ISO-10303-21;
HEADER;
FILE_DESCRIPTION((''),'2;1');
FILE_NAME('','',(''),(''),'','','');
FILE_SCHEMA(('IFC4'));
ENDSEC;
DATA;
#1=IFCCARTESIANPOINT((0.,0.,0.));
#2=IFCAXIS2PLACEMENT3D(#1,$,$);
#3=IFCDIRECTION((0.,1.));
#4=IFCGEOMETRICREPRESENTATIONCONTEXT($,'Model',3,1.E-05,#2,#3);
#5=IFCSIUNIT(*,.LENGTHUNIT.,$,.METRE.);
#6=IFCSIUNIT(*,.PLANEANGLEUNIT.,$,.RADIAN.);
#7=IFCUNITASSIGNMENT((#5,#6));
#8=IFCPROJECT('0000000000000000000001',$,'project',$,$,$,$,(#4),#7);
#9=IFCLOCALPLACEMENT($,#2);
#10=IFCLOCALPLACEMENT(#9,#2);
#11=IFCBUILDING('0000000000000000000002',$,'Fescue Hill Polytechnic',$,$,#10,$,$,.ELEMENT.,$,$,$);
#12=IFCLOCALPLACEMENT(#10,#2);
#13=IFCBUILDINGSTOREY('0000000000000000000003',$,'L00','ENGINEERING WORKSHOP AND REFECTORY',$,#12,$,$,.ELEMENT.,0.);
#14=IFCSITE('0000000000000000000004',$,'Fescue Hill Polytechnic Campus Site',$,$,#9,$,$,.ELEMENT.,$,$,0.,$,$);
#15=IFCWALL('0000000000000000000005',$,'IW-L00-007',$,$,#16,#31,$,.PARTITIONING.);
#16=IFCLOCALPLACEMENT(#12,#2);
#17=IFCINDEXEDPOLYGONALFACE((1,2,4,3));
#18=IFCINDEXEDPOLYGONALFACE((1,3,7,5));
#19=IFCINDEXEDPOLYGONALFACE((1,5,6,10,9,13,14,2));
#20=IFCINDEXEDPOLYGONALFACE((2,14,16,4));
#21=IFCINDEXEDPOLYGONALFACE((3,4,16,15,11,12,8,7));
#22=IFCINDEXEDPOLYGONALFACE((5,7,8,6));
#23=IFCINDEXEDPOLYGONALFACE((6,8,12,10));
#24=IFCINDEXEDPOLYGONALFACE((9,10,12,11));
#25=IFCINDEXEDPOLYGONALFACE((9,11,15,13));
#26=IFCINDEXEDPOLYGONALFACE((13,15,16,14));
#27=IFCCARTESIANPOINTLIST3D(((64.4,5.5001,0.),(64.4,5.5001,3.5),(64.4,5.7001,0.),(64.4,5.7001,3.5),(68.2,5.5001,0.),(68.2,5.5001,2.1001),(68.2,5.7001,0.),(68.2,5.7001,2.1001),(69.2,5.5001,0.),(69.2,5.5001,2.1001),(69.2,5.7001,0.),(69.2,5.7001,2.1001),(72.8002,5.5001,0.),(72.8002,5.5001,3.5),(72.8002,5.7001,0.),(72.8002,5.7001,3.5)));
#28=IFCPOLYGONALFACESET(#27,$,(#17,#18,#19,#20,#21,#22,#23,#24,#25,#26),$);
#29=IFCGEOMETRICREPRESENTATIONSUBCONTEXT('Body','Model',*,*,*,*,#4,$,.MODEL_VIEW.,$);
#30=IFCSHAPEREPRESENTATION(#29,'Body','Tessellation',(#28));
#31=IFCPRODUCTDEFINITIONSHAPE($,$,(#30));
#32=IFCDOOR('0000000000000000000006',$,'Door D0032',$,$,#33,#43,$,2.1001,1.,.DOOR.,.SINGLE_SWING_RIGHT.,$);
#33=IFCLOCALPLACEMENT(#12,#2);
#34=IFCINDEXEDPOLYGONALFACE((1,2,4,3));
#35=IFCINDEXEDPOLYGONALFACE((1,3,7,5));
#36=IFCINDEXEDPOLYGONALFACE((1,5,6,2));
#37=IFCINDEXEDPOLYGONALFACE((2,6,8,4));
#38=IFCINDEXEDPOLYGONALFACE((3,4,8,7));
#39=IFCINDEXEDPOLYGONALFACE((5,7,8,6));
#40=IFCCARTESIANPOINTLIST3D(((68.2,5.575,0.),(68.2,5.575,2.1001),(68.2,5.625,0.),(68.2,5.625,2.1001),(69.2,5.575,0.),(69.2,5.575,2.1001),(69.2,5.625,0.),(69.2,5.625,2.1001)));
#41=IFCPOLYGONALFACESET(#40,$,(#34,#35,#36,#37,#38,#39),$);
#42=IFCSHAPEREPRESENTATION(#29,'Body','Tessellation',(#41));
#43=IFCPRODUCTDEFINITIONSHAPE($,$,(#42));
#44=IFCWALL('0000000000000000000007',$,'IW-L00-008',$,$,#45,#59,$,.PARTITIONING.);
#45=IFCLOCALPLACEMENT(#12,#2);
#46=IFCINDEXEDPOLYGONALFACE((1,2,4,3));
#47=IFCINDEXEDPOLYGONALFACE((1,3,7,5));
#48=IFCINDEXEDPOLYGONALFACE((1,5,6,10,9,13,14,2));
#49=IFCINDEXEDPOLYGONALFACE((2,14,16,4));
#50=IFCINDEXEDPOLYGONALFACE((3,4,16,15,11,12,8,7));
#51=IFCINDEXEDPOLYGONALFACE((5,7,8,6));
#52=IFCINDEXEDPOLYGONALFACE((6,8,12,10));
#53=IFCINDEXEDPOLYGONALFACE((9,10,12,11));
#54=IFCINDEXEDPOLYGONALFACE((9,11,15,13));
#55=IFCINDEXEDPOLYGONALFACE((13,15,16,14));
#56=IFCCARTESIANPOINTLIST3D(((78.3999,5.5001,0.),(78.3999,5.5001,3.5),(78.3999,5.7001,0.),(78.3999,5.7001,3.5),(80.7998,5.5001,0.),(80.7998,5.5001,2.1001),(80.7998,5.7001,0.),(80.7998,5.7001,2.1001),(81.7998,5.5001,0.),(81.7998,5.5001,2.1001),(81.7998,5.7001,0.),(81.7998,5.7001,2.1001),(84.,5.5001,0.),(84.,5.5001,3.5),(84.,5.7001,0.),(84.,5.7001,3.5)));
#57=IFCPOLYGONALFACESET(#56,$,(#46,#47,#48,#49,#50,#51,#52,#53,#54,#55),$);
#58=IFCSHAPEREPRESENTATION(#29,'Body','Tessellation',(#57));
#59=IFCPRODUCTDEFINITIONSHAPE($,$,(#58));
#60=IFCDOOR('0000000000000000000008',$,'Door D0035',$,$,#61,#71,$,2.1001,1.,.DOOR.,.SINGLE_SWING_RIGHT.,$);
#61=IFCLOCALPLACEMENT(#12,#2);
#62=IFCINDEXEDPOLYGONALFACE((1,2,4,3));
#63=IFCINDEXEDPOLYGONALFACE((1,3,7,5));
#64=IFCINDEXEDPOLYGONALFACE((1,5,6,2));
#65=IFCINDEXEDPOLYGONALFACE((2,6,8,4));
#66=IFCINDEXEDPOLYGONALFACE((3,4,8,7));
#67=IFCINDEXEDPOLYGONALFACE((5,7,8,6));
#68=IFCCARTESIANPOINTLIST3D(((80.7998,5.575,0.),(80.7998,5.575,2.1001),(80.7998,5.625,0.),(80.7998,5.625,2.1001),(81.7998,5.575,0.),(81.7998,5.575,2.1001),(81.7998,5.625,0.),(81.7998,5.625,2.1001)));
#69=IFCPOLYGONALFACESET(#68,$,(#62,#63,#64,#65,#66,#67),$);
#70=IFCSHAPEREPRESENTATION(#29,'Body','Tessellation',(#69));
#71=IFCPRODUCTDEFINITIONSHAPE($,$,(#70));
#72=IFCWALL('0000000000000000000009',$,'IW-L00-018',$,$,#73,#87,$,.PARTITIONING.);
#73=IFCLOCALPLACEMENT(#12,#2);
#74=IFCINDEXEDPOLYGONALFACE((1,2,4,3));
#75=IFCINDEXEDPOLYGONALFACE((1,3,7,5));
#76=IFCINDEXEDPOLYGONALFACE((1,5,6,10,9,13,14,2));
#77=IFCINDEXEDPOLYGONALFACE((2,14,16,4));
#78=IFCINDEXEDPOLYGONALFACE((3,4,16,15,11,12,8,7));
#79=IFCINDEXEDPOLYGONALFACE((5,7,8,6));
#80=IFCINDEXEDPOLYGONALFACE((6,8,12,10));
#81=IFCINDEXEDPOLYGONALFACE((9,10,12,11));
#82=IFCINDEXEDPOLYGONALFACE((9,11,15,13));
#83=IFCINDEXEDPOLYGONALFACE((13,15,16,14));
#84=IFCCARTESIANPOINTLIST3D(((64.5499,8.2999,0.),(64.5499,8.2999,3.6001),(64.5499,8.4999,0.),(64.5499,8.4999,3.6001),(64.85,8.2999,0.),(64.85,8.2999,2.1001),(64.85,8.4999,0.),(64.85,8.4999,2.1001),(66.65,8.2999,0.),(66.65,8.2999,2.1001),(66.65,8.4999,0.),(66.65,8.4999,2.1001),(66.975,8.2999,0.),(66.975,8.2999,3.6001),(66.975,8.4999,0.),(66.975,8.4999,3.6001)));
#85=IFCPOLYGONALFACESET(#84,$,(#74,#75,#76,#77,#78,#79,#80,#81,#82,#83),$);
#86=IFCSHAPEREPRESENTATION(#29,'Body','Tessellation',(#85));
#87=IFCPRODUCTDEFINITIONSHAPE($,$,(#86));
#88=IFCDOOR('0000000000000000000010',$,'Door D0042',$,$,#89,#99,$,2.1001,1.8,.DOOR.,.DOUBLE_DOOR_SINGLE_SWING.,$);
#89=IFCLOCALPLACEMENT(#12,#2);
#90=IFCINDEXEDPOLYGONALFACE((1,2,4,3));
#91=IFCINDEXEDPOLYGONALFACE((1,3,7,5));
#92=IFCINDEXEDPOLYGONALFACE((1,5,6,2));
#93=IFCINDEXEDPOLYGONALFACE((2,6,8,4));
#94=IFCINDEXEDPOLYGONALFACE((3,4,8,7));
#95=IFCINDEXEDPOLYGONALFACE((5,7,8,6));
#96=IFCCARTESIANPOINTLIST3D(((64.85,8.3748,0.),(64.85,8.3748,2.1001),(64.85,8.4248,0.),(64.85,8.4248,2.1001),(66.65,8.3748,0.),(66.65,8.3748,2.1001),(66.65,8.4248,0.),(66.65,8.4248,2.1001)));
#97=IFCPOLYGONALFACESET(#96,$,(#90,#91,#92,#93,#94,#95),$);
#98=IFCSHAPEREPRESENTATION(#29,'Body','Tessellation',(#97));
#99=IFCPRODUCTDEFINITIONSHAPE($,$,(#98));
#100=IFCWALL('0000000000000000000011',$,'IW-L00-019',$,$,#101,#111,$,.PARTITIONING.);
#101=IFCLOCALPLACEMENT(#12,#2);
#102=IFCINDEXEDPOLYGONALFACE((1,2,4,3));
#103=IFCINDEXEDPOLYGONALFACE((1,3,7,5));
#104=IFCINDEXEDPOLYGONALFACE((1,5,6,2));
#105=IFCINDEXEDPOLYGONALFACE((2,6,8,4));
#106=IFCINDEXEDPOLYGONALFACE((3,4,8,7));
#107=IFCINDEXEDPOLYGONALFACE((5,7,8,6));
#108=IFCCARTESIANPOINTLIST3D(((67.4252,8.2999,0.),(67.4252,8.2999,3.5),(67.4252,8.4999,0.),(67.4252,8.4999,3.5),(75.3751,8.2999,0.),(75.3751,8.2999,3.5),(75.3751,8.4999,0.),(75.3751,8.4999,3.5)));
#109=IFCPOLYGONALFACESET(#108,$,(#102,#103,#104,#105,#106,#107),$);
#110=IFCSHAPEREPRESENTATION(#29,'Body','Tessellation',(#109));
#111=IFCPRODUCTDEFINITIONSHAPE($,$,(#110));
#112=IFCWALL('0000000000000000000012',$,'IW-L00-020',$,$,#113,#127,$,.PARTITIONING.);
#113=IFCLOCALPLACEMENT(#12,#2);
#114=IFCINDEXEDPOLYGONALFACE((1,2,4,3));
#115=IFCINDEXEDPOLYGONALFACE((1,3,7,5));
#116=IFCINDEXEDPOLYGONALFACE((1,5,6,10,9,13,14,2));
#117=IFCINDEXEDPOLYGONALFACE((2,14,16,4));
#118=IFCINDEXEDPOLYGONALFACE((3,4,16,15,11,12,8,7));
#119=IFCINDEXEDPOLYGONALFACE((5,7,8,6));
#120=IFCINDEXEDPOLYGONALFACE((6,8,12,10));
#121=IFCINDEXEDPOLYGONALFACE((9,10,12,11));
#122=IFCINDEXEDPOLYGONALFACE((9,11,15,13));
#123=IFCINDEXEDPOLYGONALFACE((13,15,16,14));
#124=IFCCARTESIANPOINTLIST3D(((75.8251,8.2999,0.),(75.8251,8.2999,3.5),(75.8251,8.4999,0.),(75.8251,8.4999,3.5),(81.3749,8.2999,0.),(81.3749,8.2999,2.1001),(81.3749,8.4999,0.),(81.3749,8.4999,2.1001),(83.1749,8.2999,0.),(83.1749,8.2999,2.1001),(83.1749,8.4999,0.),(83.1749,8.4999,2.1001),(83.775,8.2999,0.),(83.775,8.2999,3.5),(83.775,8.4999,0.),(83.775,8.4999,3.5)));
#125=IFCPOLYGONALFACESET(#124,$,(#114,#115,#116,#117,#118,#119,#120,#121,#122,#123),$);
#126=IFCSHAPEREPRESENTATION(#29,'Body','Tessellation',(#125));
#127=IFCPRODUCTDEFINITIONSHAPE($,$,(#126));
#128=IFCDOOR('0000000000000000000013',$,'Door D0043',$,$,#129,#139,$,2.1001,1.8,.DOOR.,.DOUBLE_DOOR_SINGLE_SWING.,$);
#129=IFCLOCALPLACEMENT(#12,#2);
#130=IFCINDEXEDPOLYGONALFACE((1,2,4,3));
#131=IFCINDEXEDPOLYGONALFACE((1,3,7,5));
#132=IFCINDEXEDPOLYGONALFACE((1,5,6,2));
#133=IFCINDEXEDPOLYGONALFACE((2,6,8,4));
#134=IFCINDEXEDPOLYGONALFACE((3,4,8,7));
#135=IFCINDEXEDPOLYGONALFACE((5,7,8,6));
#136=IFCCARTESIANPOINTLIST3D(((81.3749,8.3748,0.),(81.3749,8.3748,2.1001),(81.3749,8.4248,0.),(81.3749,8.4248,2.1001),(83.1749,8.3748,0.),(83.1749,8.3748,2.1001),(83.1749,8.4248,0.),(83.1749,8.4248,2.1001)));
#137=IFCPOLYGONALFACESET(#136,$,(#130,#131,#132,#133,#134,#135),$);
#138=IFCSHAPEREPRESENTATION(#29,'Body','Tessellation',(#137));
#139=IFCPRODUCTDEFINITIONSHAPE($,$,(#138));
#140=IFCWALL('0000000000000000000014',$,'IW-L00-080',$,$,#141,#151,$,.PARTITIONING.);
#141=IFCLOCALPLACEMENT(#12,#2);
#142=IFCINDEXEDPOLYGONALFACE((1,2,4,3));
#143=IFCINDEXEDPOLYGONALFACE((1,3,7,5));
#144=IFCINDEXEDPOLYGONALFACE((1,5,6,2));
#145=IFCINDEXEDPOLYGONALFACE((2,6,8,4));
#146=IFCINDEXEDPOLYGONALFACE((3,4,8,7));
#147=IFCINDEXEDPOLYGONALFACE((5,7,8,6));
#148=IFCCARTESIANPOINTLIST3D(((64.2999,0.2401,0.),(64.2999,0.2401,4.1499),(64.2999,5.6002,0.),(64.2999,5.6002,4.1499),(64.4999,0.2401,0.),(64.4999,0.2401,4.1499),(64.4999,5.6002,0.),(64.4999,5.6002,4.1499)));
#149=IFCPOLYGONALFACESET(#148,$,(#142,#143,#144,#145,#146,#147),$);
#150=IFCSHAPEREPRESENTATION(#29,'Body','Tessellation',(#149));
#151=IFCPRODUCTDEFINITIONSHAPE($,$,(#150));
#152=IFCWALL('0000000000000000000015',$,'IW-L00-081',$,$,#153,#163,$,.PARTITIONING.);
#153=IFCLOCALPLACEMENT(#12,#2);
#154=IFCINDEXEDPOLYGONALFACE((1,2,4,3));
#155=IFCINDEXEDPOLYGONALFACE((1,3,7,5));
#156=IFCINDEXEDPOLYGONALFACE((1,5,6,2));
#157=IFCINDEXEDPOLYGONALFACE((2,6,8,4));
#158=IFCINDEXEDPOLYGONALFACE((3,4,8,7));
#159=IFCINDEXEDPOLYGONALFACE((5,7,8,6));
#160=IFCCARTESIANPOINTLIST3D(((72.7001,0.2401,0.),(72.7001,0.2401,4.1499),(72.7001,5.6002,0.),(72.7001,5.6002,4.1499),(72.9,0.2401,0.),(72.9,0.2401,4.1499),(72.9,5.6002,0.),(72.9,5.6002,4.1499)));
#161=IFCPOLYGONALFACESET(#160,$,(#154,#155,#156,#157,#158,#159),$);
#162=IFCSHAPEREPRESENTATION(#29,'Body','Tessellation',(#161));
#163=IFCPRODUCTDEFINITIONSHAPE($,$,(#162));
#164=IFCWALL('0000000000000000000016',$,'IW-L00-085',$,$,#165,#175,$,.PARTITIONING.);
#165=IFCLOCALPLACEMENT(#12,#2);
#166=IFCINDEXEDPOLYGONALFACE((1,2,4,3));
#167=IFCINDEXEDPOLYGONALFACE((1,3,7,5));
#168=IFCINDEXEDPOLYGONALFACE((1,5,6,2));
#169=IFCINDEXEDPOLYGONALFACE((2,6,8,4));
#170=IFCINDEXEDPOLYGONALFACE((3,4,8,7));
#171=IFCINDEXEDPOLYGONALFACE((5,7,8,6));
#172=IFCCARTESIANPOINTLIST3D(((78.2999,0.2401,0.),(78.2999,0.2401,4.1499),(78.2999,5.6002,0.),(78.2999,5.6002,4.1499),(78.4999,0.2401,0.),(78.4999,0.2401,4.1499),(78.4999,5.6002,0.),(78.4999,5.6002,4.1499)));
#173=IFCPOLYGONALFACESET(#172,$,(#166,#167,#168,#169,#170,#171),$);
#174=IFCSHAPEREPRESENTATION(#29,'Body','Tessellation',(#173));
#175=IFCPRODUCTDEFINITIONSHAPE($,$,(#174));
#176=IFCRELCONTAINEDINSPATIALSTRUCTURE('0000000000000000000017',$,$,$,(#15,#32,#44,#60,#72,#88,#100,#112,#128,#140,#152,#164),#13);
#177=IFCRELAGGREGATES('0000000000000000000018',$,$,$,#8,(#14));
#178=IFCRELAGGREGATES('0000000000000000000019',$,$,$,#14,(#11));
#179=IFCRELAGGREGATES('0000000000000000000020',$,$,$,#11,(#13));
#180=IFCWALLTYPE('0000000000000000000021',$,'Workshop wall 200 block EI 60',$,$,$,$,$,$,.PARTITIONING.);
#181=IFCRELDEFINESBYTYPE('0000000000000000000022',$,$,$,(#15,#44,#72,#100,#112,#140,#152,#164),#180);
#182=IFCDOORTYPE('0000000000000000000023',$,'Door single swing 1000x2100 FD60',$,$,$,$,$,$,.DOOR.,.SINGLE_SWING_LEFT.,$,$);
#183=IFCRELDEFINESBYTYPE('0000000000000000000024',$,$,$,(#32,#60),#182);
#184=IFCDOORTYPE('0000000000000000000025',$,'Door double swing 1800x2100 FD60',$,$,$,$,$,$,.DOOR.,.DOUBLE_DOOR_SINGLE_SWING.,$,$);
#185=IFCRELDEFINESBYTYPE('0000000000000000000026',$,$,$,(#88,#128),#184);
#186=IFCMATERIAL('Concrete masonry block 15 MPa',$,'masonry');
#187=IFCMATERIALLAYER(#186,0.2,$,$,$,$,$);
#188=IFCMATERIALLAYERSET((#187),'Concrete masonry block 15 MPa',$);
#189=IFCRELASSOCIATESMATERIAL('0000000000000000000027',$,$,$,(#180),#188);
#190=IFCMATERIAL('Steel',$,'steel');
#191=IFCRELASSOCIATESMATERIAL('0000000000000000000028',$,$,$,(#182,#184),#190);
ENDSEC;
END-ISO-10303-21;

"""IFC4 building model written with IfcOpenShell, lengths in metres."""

from ifc_helpers import new_model, si_unit, direction, frame, frame_2d, origin, place, context, subcontext, project, spatial, rectangle, extrude, material, layer, layer_set, type_object, element, fill, save


model = new_model("IFC4")

# Units and contexts
model_context = context("Model", 3, precision=1e-05, world=origin(), true_north=direction((0.0, 1.0)))
body_context = subcontext(model_context, "Body", "Model", "MODEL_VIEW")
ifc_project = project(units=[si_unit("LENGTHUNIT", "METRE"), si_unit("PLANEANGLEUNIT", "RADIAN")], contexts=[model_context])

# Site, building, storey
site_placement = place(None, origin())
site = spatial("IfcSite", under=ifc_project, at=site_placement, Name="Fescue Hill Polytechnic Campus Site", CompositionType="ELEMENT", RefElevation=0.0)
building_placement = place(site_placement, origin())
building = spatial("IfcBuilding", under=site, at=building_placement, Name="Fescue Hill Polytechnic", CompositionType="ELEMENT")
storey_placement = place(building_placement, origin())
storey = spatial("IfcBuildingStorey", under=building, at=storey_placement, Name="L00", Description="ENGINEERING WORKSHOP AND REFECTORY", CompositionType="ELEMENT", Elevation=0.0)

# Walls, openings, doors
ifc_material_1 = material(Name="Concrete masonry block 15 MPa", Category="masonry")
ifc_layer_1 = layer(ifc_material_1, 0.2)
ifc_layer_set_1 = layer_set([ifc_layer_1], Name="Concrete masonry block 15 MPa")
wall_type_1 = type_object("IfcWallType", Name="Workshop wall 200 block EI 60", PredefinedType="PARTITIONING", material=ifc_layer_set_1)
wall_1_placement = place(storey_placement, frame((64.3999, 5.6001, 0.0), z_axis=(0.0, 0.0, 1.0), x_axis=(1.0, 0.0, 0.0)))
wall_1 = element("IfcWall", 1, at=wall_1_placement, inside=storey, type_object=wall_type_1, Name="IW-L00-007", PredefinedType="PARTITIONING", context=body_context, shape_type="SweptSolid", body=[
    extrude(rectangle(XDim=8.4001, YDim=0.2, at=frame_2d((4.2002, 0.0))), origin(), (0.0, 0.0, 1.0), 3.5),
])
opening_1_placement = place(wall_1_placement, frame((3.8, 0.0, 0.0)))
opening_1 = element("IfcOpeningElement", 2, at=opening_1_placement, cuts=wall_1, PredefinedType="OPENING", context=body_context, shape_type="SweptSolid", body=[
    extrude(rectangle(XDim=1.0, YDim=2.1001, at=frame_2d((0.5, 1.05))), frame((0.0, 0.1099, 0.0), z_axis=(0.0, -1.0, 0.0), x_axis=(1.0, 0.0, 0.0)), (0.0, 0.0, 1.0), 0.22),
])
ifc_material_2 = material(Name="Steel", Category="steel")
door_type_1 = type_object("IfcDoorType", Name="Door single swing 1000x2100 FD60", OperationType="SINGLE_SWING_LEFT", PredefinedType="DOOR", material=ifc_material_2)
door_1_placement = place(opening_1_placement, origin())
door_1 = element("IfcDoor", 3, at=door_1_placement, inside=storey, type_object=door_type_1, Name="Door D0032", OperationType="SINGLE_SWING_RIGHT", OverallHeight=2.1001, OverallWidth=1.0, PredefinedType="DOOR", context=body_context, shape_type="SweptSolid", body=[
    extrude(rectangle(XDim=1.0, YDim=2.1001, at=frame_2d((0.5, 1.05))), frame((0.0, 0.0249, 0.0), z_axis=(0.0, -1.0, 0.0), x_axis=(1.0, 0.0, 0.0)), (0.0, 0.0, 1.0), 0.05),
])
fill(opening_1, door_1)
wall_2_placement = place(storey_placement, frame((78.3999, 5.6001, 0.0), z_axis=(0.0, 0.0, 1.0), x_axis=(1.0, 0.0, 0.0)))
wall_2 = element("IfcWall", 4, at=wall_2_placement, inside=storey, type_object=wall_type_1, Name="IW-L00-008", PredefinedType="PARTITIONING", context=body_context, shape_type="SweptSolid", body=[
    extrude(rectangle(XDim=5.6001, YDim=0.2, at=frame_2d((2.8, 0.0))), origin(), (0.0, 0.0, 1.0), 3.5),
])
opening_2_placement = place(wall_2_placement, frame((2.3999, 0.0, 0.0)))
opening_2 = element("IfcOpeningElement", 5, at=opening_2_placement, cuts=wall_2, PredefinedType="OPENING", context=body_context, shape_type="SweptSolid", body=[
    extrude(rectangle(XDim=1.0, YDim=2.1001, at=frame_2d((0.5, 1.05))), frame((0.0, 0.1099, 0.0), z_axis=(0.0, -1.0, 0.0), x_axis=(1.0, 0.0, 0.0)), (0.0, 0.0, 1.0), 0.22),
])
door_2_placement = place(opening_2_placement, origin())
door_2 = element("IfcDoor", 6, at=door_2_placement, inside=storey, type_object=door_type_1, Name="Door D0035", OperationType="SINGLE_SWING_RIGHT", OverallHeight=2.1001, OverallWidth=1.0, PredefinedType="DOOR", context=body_context, shape_type="SweptSolid", body=[
    extrude(rectangle(XDim=1.0, YDim=2.1001, at=frame_2d((0.5, 1.05))), frame((0.0, 0.0249, 0.0), z_axis=(0.0, -1.0, 0.0), x_axis=(1.0, 0.0, 0.0)), (0.0, 0.0, 1.0), 0.05),
])
fill(opening_2, door_2)
wall_3_placement = place(storey_placement, frame((64.55, 8.3999, 0.0), z_axis=(0.0, 0.0, 1.0), x_axis=(1.0, 0.0, 0.0)))
wall_3 = element("IfcWall", 7, at=wall_3_placement, inside=storey, type_object=wall_type_1, Name="IW-L00-018", PredefinedType="PARTITIONING", context=body_context, shape_type="SweptSolid", body=[
    extrude(rectangle(XDim=2.425, YDim=0.2, at=frame_2d((1.2124, 0.0))), origin(), (0.0, 0.0, 1.0), 3.6001),
])
opening_3_placement = place(wall_3_placement, frame((0.3, 0.0, 0.0)))
opening_3 = element("IfcOpeningElement", 8, at=opening_3_placement, cuts=wall_3, PredefinedType="OPENING", context=body_context, shape_type="SweptSolid", body=[
    extrude(rectangle(XDim=1.8, YDim=2.1001, at=frame_2d((0.8999, 1.05))), frame((0.0, 0.1099, 0.0), z_axis=(0.0, -1.0, 0.0), x_axis=(1.0, 0.0, 0.0)), (0.0, 0.0, 1.0), 0.22),
])
door_type_2 = type_object("IfcDoorType", Name="Door double swing 1800x2100 FD60", OperationType="DOUBLE_DOOR_SINGLE_SWING", PredefinedType="DOOR", material=ifc_material_2)
door_3_placement = place(opening_3_placement, origin())
door_3 = element("IfcDoor", 9, at=door_3_placement, inside=storey, type_object=door_type_2, Name="Door D0042", OperationType="DOUBLE_DOOR_SINGLE_SWING", OverallHeight=2.1001, OverallWidth=1.8, PredefinedType="DOOR", context=body_context, shape_type="SweptSolid", body=[
    extrude(rectangle(XDim=1.8, YDim=2.1001, at=frame_2d((0.8999, 1.05))), frame((0.0, 0.0249, 0.0), z_axis=(0.0, -1.0, 0.0), x_axis=(1.0, 0.0, 0.0)), (0.0, 0.0, 1.0), 0.05),
])
fill(opening_3, door_3)

# Wall
wall_4_placement = place(storey_placement, frame((67.425, 8.3999, 0.0), z_axis=(0.0, 0.0, 1.0), x_axis=(1.0, 0.0, 0.0)))
element("IfcWall", 10, at=wall_4_placement, inside=storey, type_object=wall_type_1, Name="IW-L00-019", PredefinedType="PARTITIONING", context=body_context, shape_type="SweptSolid", body=[
    extrude(rectangle(XDim=7.95, YDim=0.2, at=frame_2d((3.9751, 0.0))), origin(), (0.0, 0.0, 1.0), 3.5),
])

# Wall, opening, door
wall_5_placement = place(storey_placement, frame((75.825, 8.3999, 0.0), z_axis=(0.0, 0.0, 1.0), x_axis=(1.0, 0.0, 0.0)))
wall_5 = element("IfcWall", 11, at=wall_5_placement, inside=storey, type_object=wall_type_1, Name="IW-L00-020", PredefinedType="PARTITIONING", context=body_context, shape_type="SweptSolid", body=[
    extrude(rectangle(XDim=7.95, YDim=0.2, at=frame_2d((3.9751, 0.0))), origin(), (0.0, 0.0, 1.0), 3.5),
])
opening_4_placement = place(wall_5_placement, frame((5.55, 0.0, 0.0)))
opening_4 = element("IfcOpeningElement", 12, at=opening_4_placement, cuts=wall_5, PredefinedType="OPENING", context=body_context, shape_type="SweptSolid", body=[
    extrude(rectangle(XDim=1.8, YDim=2.1001, at=frame_2d((0.8999, 1.05))), frame((0.0, 0.1099, 0.0), z_axis=(0.0, -1.0, 0.0), x_axis=(1.0, 0.0, 0.0)), (0.0, 0.0, 1.0), 0.22),
])
door_4_placement = place(opening_4_placement, origin())
door_4 = element("IfcDoor", 13, at=door_4_placement, inside=storey, type_object=door_type_2, Name="Door D0043", OperationType="DOUBLE_DOOR_SINGLE_SWING", OverallHeight=2.1001, OverallWidth=1.8, PredefinedType="DOOR", context=body_context, shape_type="SweptSolid", body=[
    extrude(rectangle(XDim=1.8, YDim=2.1001, at=frame_2d((0.8999, 1.05))), frame((0.0, 0.0249, 0.0), z_axis=(0.0, -1.0, 0.0), x_axis=(1.0, 0.0, 0.0)), (0.0, 0.0, 1.0), 0.05),
])
fill(opening_4, door_4)

# Walls
for number, where, z_axis, x_axis, name in (
    (14, (64.3999, 0.24, 0.0), (0.0, 0.0, 1.0), (0.0, 1.0, 0.0), "IW-L00-080"),
    (15, (72.8, 0.24, 0.0), (0.0, 0.0, 1.0), (0.0, 1.0, 0.0), "IW-L00-081"),
    (16, (78.3999, 0.24, 0.0), (0.0, 0.0, 1.0), (0.0, 1.0, 0.0), "IW-L00-085"),
):
    element("IfcWall", number, at=place(storey_placement, frame(where, z_axis=z_axis, x_axis=x_axis)), inside=storey, type_object=wall_type_1, Name=name, PredefinedType="PARTITIONING", context=body_context, shape_type="SweptSolid", body=[
        extrude(rectangle(XDim=5.3601, YDim=0.2, at=frame_2d((2.6802, 0.0))), origin(), (0.0, 0.0, 1.0), 4.1499),
    ])

save(model, "model.ifc")
